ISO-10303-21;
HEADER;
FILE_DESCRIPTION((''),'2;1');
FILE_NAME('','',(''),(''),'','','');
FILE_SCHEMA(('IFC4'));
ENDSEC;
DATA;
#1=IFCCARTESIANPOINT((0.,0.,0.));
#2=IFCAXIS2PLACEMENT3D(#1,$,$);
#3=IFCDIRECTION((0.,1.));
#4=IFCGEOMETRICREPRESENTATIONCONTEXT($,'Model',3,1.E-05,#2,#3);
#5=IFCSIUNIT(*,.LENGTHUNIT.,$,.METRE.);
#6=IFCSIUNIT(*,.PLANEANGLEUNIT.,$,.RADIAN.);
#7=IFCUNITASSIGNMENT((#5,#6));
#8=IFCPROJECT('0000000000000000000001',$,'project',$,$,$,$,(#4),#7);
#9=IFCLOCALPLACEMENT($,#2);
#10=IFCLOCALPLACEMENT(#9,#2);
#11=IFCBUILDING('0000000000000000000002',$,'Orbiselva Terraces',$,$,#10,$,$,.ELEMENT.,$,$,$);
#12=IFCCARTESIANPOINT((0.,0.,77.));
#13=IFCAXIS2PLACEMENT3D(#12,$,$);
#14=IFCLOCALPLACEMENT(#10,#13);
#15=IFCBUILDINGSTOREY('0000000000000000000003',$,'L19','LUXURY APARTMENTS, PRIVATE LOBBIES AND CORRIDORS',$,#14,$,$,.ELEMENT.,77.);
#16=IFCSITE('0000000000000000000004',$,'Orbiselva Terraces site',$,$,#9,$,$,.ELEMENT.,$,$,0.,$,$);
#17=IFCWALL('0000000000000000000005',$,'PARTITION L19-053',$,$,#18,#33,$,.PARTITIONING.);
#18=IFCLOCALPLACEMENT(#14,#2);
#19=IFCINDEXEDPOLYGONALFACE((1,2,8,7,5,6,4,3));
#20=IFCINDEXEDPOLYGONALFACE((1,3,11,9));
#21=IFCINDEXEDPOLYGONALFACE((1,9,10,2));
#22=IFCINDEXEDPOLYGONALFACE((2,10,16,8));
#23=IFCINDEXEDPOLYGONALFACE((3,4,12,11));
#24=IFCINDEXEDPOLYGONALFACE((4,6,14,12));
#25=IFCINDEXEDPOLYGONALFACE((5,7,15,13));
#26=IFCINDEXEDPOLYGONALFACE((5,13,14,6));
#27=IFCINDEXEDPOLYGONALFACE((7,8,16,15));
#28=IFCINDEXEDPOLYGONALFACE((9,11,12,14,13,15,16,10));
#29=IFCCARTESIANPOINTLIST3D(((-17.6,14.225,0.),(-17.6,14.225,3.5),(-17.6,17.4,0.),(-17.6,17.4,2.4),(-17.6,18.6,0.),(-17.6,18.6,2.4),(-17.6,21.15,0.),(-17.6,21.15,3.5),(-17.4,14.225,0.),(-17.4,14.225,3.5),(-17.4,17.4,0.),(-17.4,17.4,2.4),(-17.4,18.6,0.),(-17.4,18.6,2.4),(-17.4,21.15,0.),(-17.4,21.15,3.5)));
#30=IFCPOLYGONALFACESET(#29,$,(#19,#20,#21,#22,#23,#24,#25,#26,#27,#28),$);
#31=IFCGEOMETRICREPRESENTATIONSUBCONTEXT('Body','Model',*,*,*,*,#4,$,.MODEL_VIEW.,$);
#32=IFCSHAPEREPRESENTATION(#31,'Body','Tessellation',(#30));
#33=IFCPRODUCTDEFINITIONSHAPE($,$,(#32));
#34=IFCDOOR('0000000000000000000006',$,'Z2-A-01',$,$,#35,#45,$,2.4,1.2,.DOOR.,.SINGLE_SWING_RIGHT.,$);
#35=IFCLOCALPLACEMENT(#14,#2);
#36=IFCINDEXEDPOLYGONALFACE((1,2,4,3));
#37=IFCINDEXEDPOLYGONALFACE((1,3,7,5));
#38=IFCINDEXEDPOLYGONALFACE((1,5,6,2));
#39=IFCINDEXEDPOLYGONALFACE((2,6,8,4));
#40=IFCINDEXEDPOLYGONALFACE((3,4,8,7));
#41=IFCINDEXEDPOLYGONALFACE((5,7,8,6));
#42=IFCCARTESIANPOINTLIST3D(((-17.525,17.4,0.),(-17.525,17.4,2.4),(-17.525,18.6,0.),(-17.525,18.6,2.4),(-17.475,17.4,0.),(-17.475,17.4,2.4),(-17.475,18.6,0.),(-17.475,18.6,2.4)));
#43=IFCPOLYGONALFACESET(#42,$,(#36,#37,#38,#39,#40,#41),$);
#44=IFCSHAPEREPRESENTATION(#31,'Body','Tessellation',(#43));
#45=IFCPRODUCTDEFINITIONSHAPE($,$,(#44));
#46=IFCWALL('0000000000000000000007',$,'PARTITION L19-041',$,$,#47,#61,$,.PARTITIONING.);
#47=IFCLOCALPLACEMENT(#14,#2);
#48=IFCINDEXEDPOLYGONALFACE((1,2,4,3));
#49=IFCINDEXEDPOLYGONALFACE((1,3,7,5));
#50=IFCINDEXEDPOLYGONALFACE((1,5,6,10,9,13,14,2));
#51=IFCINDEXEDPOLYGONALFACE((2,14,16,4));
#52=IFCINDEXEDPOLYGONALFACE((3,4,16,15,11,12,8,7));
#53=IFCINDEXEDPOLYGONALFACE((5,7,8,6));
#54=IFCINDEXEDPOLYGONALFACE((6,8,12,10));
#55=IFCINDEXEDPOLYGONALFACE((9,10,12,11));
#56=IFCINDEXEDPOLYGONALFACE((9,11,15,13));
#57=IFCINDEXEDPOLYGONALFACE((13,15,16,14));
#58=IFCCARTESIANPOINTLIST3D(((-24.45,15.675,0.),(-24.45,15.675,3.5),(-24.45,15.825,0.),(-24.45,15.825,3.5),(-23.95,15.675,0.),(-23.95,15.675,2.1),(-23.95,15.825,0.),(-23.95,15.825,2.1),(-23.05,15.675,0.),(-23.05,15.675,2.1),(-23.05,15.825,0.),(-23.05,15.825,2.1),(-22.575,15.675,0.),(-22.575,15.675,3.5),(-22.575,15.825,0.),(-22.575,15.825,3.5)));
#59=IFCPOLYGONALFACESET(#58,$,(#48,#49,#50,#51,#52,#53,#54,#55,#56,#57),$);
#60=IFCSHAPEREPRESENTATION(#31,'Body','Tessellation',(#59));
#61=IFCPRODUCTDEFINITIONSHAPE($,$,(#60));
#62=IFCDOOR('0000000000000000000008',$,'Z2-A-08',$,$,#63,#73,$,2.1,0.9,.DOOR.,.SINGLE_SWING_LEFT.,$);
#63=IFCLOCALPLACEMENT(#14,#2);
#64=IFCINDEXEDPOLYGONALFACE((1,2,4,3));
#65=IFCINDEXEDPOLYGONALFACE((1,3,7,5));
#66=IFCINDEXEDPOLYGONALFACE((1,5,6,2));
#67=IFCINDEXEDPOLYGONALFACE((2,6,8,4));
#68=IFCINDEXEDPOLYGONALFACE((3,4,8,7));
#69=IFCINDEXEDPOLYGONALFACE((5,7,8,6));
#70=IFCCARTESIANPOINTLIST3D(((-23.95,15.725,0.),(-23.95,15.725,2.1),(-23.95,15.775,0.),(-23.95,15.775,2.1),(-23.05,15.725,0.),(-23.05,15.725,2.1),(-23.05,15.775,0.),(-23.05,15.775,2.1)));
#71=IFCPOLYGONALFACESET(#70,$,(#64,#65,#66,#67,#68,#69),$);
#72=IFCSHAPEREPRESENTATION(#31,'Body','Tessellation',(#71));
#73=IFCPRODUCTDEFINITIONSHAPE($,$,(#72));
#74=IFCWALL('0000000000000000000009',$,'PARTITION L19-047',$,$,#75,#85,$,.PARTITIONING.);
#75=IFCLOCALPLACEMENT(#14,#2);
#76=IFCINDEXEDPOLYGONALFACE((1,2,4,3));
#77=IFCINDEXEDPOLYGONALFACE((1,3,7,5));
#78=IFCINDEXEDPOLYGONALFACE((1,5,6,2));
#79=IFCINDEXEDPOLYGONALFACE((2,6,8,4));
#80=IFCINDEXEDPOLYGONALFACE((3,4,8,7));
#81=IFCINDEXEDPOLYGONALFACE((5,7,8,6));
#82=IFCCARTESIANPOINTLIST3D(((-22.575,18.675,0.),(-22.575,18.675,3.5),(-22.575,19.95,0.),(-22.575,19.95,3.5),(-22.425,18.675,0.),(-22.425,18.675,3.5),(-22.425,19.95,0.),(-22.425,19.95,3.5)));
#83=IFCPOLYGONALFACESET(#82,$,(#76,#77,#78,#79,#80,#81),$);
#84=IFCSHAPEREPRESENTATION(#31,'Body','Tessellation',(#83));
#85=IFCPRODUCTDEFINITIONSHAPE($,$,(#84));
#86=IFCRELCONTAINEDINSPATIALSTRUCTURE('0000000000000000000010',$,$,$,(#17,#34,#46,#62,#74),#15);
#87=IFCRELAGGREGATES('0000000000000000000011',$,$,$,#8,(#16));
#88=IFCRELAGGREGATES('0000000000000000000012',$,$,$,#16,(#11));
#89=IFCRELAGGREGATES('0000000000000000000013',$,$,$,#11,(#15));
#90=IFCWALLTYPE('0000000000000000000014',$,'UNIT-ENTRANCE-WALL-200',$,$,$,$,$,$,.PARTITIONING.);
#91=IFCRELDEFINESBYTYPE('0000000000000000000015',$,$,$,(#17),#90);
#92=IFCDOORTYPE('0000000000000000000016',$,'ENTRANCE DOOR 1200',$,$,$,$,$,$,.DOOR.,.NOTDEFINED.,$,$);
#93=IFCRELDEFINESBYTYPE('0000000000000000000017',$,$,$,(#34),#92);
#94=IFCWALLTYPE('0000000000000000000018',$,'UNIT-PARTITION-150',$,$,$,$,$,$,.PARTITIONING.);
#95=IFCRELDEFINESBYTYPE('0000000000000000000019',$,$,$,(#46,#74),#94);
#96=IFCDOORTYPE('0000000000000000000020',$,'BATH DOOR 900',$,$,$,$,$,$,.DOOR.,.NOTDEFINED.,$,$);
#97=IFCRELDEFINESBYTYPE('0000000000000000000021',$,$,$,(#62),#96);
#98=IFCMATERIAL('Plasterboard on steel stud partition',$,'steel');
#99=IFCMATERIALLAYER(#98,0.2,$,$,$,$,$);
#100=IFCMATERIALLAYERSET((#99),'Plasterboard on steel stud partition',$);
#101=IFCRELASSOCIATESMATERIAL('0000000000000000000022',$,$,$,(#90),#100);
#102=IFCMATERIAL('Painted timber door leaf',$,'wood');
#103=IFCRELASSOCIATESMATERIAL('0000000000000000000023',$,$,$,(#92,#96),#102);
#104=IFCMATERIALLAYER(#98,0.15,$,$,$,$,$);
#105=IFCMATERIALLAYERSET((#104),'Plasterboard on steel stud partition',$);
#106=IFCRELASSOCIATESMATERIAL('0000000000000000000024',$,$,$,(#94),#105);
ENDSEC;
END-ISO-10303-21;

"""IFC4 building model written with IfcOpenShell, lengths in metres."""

from ifc_helpers import new_model, si_unit, direction, frame, frame_2d, origin, place, context, subcontext, project, spatial, rectangle, extrude, material, layer, layer_set, type_object, element, fill, save


model = new_model("IFC4")

# Units and contexts
model_context = context("Model", 3, precision=1e-05, world=origin(), true_north=direction((0.0, 1.0)))
body_context = subcontext(model_context, "Body", "Model", "MODEL_VIEW")
ifc_project = project(units=[si_unit("LENGTHUNIT", "METRE"), si_unit("PLANEANGLEUNIT", "RADIAN")], contexts=[model_context])

# Site, building, storey
site_placement = place(None, origin())
site = spatial("IfcSite", under=ifc_project, at=site_placement, Name="Orbiselva Terraces site", CompositionType="ELEMENT", RefElevation=0.0)
building_placement = place(site_placement, origin())
building = spatial("IfcBuilding", under=site, at=building_placement, Name="Orbiselva Terraces", CompositionType="ELEMENT")
storey_placement = place(building_placement, frame((0.0, 0.0, 77.0)))
storey = spatial("IfcBuildingStorey", under=building, at=storey_placement, Name="L19", Description="LUXURY APARTMENTS, PRIVATE LOBBIES AND CORRIDORS", CompositionType="ELEMENT", Elevation=77.0)

# Walls, openings, doors
ifc_material_1 = material(Name="Plasterboard on steel stud partition", Category="steel")
ifc_layer_1 = layer(ifc_material_1, 0.2)
ifc_layer_set_1 = layer_set([ifc_layer_1], Name="Plasterboard on steel stud partition")
wall_type_1 = type_object("IfcWallType", Name="UNIT-ENTRANCE-WALL-200", PredefinedType="PARTITIONING", material=ifc_layer_set_1)
wall_1_placement = place(storey_placement, frame((-17.5, 14.225, 0.0), z_axis=(0.0, 0.0, 1.0), x_axis=(0.0, 1.0, 0.0)))
wall_1 = element("IfcWall", 1, at=wall_1_placement, inside=storey, type_object=wall_type_1, Name="PARTITION L19-053", PredefinedType="PARTITIONING", context=body_context, shape_type="SweptSolid", body=[
    extrude(rectangle(XDim=6.925, YDim=0.2, at=frame_2d((3.4625, 0.0))), origin(), (0.0, 0.0, 1.0), 3.5),
])
opening_1_placement = place(wall_1_placement, frame((3.175, 0.0, 0.0)))
opening_1 = element("IfcOpeningElement", 2, at=opening_1_placement, cuts=wall_1, PredefinedType="OPENING", context=body_context, shape_type="SweptSolid", body=[
    extrude(rectangle(XDim=1.2, YDim=2.4, at=frame_2d((0.6, 1.2))), frame((0.0, 0.11, 0.0), z_axis=(0.0, -1.0, 0.0), x_axis=(1.0, 0.0, 0.0)), (0.0, 0.0, 1.0), 0.22),
])
ifc_material_2 = material(Name="Painted timber door leaf", Category="wood")
door_type_1 = type_object("IfcDoorType", Name="ENTRANCE DOOR 1200", OperationType="NOTDEFINED", PredefinedType="DOOR", material=ifc_material_2)
door_1_placement = place(opening_1_placement, origin())
door_1 = element("IfcDoor", 3, at=door_1_placement, inside=storey, type_object=door_type_1, Name="Z2-A-01", OperationType="SINGLE_SWING_RIGHT", OverallHeight=2.4, OverallWidth=1.2, PredefinedType="DOOR", context=body_context, shape_type="SweptSolid", body=[
    extrude(rectangle(XDim=1.2, YDim=2.4, at=frame_2d((0.6, 1.2))), frame((0.0, 0.025, 0.0), z_axis=(0.0, -1.0, 0.0), x_axis=(1.0, 0.0, 0.0)), (0.0, 0.0, 1.0), 0.05),
])
fill(opening_1, door_1)
ifc_layer_2 = layer(ifc_material_1, 0.15)
ifc_layer_set_2 = layer_set([ifc_layer_2], Name="Plasterboard on steel stud partition")
wall_type_2 = type_object("IfcWallType", Name="UNIT-PARTITION-150", PredefinedType="PARTITIONING", material=ifc_layer_set_2)
wall_2_placement = place(storey_placement, frame((-22.575, 15.75, 0.0), z_axis=(0.0, 0.0, 1.0), x_axis=(-1.0, 0.0, 0.0)))
wall_2 = element("IfcWall", 4, at=wall_2_placement, inside=storey, type_object=wall_type_2, Name="PARTITION L19-041", PredefinedType="PARTITIONING", context=body_context, shape_type="SweptSolid", body=[
    extrude(rectangle(XDim=1.875, YDim=0.15, at=frame_2d((0.9375, 0.0))), origin(), (0.0, 0.0, 1.0), 3.5),
])
opening_2_placement = place(wall_2_placement, frame((0.475, 0.0, 0.0)))
opening_2 = element("IfcOpeningElement", 5, at=opening_2_placement, cuts=wall_2, PredefinedType="OPENING", context=body_context, shape_type="SweptSolid", body=[
    extrude(rectangle(XDim=0.9, YDim=2.1, at=frame_2d((0.45, 1.05))), frame((0.0, 0.085, 0.0), z_axis=(0.0, -1.0, 0.0), x_axis=(1.0, 0.0, 0.0)), (0.0, 0.0, 1.0), 0.17),
])
door_type_2 = type_object("IfcDoorType", Name="BATH DOOR 900", OperationType="NOTDEFINED", PredefinedType="DOOR", material=ifc_material_2)
door_2_placement = place(opening_2_placement, origin())
door_2 = element("IfcDoor", 6, at=door_2_placement, inside=storey, type_object=door_type_2, Name="Z2-A-08", OperationType="SINGLE_SWING_LEFT", OverallHeight=2.1, OverallWidth=0.9, PredefinedType="DOOR", context=body_context, shape_type="SweptSolid", body=[
    extrude(rectangle(XDim=0.9, YDim=2.1, at=frame_2d((0.45, 1.05))), frame((0.0, 0.025, 0.0), z_axis=(0.0, -1.0, 0.0), x_axis=(1.0, 0.0, 0.0)), (0.0, 0.0, 1.0), 0.05),
])
fill(opening_2, door_2)

# Wall
wall_3_placement = place(storey_placement, frame((-22.5, 18.675, 0.0), z_axis=(0.0, 0.0, 1.0), x_axis=(0.0, 1.0, 0.0)))
element("IfcWall", 7, at=wall_3_placement, inside=storey, type_object=wall_type_2, Name="PARTITION L19-047", PredefinedType="PARTITIONING", context=body_context, shape_type="SweptSolid", body=[
    extrude(rectangle(XDim=1.275, YDim=0.15, at=frame_2d((0.6375, 0.0))), origin(), (0.0, 0.0, 1.0), 3.5),
])

save(model, "model.ifc")
